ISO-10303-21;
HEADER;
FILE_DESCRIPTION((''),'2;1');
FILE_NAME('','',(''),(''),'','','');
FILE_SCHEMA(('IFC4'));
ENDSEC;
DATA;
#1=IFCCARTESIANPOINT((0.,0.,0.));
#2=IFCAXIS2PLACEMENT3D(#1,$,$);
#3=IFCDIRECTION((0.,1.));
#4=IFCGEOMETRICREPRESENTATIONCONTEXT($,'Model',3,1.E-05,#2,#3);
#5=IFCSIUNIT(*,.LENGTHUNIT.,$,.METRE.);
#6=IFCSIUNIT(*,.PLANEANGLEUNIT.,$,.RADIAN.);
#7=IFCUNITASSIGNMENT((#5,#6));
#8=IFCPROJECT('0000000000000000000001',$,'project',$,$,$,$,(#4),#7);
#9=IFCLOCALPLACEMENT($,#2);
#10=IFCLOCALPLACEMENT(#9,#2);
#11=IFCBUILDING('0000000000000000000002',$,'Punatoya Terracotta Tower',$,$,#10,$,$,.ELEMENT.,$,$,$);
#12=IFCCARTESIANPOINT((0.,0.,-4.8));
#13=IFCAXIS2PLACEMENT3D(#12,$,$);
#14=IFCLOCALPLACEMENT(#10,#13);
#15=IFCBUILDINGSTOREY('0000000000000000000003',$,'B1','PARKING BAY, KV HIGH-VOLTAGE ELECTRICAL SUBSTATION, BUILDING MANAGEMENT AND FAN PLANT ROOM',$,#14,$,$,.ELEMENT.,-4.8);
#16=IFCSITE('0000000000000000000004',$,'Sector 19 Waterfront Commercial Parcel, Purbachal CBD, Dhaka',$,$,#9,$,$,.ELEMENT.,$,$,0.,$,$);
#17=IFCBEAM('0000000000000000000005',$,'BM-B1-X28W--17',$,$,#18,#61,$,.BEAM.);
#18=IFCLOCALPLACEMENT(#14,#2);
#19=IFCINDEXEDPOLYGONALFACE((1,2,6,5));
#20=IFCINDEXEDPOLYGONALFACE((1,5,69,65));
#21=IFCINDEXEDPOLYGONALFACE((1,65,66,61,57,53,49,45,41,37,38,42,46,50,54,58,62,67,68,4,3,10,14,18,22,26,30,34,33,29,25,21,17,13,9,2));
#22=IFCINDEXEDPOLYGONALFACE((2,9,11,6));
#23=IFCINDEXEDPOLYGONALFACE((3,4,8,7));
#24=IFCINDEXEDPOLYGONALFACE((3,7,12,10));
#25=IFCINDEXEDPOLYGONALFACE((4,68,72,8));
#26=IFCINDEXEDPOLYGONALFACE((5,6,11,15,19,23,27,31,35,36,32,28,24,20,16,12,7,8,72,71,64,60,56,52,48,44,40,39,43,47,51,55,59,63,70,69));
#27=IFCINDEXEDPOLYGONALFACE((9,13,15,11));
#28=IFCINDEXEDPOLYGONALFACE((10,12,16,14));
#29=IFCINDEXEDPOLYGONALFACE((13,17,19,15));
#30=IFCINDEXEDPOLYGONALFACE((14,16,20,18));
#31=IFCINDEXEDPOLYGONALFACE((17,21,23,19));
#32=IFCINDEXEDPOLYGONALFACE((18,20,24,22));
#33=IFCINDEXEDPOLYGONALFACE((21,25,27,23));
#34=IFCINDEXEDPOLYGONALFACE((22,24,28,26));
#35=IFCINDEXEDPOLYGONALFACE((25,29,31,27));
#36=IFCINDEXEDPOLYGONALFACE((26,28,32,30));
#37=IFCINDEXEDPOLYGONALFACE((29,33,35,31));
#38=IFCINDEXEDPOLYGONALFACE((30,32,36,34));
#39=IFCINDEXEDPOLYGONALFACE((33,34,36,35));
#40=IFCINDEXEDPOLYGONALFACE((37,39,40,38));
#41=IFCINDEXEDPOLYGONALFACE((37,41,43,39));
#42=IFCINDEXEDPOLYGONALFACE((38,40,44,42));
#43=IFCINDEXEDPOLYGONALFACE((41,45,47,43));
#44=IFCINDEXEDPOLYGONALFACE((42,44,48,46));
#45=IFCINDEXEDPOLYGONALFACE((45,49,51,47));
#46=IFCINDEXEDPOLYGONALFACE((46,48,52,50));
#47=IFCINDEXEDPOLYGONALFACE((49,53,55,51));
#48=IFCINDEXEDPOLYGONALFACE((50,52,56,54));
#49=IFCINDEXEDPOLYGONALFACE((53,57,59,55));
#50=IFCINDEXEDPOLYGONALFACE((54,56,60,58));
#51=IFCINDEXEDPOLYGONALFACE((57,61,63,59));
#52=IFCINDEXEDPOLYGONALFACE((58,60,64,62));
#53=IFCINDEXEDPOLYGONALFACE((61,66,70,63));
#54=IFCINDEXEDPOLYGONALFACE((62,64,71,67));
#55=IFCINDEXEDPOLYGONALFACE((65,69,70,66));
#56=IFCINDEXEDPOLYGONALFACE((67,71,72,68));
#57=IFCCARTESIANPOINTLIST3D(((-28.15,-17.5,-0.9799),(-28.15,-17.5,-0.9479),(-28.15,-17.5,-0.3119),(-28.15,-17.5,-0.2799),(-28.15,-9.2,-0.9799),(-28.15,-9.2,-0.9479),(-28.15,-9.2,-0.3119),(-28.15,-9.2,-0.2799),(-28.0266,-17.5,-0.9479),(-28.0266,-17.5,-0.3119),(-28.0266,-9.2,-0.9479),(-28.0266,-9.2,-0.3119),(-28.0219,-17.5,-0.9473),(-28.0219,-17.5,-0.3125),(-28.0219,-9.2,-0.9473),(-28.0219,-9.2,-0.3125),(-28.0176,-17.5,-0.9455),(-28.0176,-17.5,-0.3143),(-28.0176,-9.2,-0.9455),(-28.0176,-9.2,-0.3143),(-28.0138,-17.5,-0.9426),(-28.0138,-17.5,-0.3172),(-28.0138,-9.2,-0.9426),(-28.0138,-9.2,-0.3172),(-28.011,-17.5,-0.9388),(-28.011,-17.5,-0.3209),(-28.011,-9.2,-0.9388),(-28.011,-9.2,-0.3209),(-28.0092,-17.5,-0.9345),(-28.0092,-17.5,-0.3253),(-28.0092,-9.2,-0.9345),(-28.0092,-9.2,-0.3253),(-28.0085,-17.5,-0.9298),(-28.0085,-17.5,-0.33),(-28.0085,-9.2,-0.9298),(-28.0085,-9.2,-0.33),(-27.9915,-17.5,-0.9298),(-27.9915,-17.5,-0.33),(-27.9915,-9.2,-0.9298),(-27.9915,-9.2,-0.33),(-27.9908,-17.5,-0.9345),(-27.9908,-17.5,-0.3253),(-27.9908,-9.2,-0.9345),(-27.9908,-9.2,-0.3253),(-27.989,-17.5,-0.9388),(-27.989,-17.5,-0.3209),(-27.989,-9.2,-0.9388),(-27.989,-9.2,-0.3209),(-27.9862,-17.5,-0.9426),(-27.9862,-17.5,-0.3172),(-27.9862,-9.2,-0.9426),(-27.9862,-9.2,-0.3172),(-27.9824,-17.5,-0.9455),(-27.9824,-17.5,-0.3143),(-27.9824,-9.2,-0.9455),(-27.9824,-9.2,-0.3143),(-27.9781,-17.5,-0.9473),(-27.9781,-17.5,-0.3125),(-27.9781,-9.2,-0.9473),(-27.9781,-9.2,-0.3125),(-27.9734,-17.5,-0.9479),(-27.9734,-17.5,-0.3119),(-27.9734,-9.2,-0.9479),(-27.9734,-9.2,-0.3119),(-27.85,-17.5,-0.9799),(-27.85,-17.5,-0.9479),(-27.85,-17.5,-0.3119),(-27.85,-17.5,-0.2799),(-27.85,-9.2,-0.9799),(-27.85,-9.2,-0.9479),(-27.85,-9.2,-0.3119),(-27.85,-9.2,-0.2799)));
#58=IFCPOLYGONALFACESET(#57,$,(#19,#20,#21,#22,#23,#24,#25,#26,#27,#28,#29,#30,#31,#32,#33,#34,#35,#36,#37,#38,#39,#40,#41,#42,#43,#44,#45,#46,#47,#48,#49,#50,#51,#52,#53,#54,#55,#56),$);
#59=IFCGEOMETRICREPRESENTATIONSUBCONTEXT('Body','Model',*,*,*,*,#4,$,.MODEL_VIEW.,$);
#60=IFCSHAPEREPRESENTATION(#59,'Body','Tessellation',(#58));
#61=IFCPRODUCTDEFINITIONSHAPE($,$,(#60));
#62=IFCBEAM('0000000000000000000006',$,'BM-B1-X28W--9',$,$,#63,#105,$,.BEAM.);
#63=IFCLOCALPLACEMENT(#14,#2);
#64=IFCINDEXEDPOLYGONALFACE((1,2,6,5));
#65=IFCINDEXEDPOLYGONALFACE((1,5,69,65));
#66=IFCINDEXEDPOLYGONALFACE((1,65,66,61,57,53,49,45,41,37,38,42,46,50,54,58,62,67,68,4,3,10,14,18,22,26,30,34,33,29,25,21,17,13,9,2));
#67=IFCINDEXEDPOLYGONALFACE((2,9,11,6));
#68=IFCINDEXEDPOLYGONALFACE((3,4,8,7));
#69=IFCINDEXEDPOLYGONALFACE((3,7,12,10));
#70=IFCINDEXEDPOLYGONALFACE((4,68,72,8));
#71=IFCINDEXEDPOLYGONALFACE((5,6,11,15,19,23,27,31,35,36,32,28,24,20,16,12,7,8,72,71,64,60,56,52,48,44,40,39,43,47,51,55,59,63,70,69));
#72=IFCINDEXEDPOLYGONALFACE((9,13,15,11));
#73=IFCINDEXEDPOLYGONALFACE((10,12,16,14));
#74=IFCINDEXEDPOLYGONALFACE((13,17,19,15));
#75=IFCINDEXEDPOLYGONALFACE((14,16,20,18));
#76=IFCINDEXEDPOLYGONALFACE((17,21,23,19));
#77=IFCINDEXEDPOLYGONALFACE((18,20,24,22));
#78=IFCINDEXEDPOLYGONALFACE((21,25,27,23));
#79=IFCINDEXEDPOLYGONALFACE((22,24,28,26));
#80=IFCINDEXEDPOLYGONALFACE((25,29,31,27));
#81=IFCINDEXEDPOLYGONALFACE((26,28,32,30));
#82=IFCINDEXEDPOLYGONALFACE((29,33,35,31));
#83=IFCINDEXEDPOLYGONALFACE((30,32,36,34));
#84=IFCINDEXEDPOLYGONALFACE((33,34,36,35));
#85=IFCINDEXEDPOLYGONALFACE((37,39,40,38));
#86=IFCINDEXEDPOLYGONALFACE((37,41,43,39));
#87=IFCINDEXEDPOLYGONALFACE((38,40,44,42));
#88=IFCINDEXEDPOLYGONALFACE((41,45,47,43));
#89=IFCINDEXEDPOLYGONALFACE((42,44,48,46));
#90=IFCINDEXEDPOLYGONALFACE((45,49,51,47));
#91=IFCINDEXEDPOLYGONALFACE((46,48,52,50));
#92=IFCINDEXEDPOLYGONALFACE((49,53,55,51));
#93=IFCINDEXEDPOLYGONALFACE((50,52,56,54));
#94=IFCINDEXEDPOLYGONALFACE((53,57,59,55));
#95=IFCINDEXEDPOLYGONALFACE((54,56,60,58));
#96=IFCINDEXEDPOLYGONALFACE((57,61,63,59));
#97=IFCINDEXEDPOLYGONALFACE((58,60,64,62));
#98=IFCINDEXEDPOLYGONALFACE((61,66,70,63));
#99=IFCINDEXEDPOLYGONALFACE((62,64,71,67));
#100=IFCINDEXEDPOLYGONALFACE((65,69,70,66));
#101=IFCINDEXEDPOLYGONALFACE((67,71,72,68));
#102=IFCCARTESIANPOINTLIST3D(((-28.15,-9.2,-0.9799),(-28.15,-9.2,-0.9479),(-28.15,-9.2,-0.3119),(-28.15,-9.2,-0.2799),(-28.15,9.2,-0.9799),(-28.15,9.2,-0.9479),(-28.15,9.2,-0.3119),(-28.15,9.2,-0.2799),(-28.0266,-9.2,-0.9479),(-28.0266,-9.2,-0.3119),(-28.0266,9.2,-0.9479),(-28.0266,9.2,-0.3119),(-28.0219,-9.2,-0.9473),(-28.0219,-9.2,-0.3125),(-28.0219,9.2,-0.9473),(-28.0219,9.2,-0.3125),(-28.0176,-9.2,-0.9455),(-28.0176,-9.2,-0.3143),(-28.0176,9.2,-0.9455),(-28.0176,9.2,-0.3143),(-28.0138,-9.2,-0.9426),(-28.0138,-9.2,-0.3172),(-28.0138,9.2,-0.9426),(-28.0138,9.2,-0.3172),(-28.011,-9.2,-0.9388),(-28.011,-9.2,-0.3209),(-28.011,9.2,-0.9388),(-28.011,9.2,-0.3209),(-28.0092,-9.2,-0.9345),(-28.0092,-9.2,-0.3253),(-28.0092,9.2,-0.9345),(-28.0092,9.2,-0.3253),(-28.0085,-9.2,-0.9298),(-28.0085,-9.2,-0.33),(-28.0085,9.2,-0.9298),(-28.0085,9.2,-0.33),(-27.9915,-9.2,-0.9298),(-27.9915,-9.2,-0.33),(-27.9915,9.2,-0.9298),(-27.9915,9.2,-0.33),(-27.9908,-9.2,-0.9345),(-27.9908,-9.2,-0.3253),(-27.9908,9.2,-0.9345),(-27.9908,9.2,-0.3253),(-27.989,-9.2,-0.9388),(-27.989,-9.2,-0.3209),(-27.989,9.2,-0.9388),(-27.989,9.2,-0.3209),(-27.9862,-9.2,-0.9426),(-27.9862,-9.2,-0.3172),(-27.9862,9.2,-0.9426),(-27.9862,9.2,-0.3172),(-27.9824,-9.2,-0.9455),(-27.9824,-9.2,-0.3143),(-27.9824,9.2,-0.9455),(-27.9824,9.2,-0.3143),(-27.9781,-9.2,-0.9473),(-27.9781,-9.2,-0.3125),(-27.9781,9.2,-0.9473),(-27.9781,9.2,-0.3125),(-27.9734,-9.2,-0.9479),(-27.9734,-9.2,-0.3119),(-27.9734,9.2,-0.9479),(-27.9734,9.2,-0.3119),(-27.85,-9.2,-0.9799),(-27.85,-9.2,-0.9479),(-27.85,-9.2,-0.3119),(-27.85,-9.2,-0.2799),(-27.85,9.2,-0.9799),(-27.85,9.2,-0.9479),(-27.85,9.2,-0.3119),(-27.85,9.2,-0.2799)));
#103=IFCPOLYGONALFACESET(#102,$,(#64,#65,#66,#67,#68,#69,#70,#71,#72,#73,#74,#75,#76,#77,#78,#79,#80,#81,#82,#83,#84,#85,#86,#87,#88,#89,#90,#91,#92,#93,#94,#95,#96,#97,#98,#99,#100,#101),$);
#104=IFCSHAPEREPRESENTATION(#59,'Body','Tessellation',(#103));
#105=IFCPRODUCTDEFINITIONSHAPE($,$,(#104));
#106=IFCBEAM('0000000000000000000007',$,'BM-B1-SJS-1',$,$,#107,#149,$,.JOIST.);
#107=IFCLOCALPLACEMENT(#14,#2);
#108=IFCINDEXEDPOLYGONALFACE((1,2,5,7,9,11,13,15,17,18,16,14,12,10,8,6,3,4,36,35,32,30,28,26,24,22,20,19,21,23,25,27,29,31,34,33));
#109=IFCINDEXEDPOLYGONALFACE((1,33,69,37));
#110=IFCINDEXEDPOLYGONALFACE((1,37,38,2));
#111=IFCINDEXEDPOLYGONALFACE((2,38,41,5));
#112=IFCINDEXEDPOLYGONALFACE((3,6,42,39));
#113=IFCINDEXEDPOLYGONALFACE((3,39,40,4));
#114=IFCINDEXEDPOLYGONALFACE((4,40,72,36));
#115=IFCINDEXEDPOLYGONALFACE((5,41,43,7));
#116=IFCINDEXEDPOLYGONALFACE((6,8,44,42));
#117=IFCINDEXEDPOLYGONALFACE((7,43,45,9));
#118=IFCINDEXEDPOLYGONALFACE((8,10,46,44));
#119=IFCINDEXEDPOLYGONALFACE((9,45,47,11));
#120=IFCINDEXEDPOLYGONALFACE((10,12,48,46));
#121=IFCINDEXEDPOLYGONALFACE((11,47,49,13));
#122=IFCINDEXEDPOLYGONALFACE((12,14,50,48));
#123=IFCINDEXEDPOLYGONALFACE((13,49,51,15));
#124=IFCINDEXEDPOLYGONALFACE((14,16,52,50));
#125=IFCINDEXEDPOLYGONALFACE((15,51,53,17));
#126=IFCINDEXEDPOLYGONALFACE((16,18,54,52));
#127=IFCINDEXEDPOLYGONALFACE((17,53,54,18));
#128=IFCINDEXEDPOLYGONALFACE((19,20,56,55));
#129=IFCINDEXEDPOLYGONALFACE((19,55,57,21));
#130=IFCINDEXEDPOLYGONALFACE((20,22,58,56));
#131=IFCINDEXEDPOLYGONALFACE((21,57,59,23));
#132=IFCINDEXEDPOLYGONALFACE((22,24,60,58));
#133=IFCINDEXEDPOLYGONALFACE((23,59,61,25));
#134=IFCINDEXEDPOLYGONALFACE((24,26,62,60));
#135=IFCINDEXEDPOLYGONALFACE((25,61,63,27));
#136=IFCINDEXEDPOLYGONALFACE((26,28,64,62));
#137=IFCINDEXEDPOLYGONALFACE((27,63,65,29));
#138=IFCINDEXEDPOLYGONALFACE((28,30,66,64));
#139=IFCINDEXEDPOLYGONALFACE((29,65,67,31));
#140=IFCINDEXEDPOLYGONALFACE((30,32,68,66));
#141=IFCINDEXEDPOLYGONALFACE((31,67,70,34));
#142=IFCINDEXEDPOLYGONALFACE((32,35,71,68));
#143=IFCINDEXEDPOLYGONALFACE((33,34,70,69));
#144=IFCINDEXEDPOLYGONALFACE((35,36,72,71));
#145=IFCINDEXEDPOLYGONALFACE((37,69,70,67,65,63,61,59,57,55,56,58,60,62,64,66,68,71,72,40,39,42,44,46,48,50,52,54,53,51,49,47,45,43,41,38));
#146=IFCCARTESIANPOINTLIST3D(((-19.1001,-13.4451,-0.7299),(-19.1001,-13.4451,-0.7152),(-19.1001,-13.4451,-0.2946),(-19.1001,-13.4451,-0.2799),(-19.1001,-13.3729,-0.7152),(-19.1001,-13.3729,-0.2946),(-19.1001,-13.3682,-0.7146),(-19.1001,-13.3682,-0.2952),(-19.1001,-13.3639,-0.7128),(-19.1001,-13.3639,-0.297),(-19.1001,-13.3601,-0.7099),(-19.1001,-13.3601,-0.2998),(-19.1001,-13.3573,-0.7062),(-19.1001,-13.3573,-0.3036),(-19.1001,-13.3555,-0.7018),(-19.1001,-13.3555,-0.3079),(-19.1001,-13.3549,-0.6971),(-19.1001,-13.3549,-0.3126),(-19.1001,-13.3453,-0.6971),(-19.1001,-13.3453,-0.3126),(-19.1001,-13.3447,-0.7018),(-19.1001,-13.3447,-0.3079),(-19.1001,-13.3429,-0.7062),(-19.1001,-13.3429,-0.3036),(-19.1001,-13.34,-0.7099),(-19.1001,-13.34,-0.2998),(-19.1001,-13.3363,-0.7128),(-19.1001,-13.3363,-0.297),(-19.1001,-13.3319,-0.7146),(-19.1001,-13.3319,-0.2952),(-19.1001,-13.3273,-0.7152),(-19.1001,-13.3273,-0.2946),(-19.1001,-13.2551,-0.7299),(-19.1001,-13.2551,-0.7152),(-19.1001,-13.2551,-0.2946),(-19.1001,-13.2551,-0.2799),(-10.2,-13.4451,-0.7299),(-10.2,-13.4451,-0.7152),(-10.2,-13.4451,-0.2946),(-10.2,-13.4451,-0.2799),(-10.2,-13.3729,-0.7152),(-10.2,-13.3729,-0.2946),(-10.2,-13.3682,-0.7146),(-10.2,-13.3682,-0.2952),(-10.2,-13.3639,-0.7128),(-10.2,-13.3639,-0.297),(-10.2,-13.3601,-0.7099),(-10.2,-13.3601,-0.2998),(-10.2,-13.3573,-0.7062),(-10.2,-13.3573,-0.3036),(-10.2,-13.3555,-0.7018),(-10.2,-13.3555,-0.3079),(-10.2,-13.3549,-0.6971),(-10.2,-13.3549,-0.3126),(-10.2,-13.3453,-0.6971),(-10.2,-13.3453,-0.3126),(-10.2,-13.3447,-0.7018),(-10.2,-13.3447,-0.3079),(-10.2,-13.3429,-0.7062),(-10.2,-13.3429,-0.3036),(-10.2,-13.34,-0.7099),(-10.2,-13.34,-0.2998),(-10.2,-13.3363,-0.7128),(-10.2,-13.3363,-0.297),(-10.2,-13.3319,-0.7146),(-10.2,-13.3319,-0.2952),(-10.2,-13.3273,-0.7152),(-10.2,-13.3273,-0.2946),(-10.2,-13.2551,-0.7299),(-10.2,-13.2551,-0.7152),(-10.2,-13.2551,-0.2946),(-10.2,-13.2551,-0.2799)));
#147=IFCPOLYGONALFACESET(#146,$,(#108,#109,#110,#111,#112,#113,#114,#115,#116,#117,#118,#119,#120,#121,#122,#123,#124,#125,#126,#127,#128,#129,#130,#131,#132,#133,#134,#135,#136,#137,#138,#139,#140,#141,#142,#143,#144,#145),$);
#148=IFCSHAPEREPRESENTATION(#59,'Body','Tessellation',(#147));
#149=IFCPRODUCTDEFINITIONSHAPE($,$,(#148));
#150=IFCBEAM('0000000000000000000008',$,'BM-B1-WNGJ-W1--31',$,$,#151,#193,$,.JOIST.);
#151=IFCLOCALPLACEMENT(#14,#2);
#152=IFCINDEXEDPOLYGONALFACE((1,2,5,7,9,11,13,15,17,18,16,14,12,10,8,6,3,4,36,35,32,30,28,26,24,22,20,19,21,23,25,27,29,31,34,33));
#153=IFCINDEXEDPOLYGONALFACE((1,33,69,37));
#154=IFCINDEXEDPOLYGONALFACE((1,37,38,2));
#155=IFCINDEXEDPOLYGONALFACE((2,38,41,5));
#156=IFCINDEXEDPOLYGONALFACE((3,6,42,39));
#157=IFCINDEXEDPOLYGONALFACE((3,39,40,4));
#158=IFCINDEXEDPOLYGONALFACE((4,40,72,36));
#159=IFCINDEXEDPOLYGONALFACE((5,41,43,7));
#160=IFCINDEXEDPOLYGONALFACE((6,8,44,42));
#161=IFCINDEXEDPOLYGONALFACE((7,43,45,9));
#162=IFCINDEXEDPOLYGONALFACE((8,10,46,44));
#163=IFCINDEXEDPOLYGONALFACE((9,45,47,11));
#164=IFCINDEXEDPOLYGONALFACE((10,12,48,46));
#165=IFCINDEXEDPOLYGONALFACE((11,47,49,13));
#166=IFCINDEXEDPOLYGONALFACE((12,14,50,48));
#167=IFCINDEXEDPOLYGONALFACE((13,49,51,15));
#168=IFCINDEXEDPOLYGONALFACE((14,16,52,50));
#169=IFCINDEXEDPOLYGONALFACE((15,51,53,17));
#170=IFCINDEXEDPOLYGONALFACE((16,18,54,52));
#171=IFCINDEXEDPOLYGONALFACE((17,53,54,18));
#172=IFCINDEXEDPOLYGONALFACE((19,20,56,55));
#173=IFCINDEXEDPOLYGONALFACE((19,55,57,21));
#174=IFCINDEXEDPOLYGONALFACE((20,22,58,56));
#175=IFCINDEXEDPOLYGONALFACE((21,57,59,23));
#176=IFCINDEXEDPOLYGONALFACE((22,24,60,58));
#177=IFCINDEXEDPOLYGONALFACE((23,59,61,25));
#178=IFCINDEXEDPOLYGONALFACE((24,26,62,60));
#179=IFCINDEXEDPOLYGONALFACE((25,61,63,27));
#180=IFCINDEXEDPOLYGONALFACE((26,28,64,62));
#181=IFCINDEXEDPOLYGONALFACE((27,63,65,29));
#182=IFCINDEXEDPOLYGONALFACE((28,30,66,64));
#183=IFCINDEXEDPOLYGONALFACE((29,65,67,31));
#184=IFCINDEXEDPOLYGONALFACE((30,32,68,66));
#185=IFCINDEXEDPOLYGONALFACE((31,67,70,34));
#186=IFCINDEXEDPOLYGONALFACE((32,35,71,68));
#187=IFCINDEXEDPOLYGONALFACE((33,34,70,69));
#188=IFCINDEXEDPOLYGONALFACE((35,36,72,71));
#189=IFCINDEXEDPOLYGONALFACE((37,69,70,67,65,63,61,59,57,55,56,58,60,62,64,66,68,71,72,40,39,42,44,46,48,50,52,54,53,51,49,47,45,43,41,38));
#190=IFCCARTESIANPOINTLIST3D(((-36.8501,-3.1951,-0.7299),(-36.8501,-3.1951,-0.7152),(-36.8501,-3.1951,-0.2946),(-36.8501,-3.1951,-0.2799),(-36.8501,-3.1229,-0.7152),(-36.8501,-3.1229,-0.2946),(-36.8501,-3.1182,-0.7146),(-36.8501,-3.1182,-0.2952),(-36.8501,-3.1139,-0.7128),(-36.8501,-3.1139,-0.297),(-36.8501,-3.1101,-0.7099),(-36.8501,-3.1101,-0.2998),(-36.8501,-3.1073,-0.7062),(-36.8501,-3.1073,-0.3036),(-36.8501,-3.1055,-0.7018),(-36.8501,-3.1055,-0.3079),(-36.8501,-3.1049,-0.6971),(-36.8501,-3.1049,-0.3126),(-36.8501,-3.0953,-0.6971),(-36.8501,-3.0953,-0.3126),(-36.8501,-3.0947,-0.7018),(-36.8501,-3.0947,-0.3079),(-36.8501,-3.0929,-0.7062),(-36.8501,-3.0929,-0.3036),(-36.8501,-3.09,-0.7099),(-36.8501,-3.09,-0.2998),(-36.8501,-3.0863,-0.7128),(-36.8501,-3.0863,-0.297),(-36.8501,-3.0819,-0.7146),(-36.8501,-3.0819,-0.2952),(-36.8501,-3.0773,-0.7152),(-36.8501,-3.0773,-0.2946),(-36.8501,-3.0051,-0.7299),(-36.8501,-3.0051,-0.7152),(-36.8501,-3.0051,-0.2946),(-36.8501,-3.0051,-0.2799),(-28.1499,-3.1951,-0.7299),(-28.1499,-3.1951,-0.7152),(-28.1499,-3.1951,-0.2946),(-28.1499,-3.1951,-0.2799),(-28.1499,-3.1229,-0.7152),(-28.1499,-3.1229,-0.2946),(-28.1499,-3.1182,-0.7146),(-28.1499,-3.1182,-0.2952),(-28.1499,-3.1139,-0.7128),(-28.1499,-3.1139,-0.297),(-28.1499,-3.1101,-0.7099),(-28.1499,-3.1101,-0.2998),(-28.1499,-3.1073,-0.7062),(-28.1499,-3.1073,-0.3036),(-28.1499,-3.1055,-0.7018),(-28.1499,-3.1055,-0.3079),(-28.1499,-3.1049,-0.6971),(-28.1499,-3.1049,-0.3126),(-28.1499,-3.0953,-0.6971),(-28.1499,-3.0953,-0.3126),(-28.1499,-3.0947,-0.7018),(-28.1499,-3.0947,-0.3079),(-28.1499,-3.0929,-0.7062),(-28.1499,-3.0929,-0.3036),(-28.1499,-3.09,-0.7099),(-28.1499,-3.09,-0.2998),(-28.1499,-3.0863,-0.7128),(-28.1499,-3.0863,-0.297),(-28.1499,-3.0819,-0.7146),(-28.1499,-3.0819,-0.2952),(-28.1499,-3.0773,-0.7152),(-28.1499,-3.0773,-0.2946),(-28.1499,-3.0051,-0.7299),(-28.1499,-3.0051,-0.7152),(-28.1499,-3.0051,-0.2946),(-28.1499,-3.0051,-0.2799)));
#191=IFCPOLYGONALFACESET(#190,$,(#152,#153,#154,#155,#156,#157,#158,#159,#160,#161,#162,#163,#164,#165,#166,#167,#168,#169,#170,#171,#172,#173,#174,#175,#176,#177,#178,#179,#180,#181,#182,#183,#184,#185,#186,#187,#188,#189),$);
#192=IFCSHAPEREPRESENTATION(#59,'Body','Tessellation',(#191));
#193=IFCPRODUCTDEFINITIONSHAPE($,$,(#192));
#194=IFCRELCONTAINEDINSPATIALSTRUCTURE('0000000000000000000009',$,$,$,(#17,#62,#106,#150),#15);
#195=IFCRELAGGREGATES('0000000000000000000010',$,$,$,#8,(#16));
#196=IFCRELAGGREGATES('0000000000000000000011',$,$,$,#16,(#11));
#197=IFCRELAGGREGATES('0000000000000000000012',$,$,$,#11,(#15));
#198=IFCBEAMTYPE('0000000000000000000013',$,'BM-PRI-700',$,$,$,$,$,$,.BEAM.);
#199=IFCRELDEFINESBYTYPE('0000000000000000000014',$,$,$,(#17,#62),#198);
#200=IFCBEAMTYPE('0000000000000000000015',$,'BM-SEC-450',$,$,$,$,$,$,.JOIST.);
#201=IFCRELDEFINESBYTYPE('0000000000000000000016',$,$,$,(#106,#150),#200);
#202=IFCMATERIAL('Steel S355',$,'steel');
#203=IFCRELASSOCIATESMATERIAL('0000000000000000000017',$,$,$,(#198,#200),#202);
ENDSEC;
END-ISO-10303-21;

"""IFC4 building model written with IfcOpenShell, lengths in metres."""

from ifc_helpers import new_model, si_unit, direction, frame, origin, origin_2d, place, context, subcontext, project, spatial, i_section, extrude, material, material_profile, profile_set, type_object, element, save


model = new_model("IFC4")

# Units and contexts
model_context = context("Model", 3, precision=1e-05, world=origin(), true_north=direction((0.0, 1.0)))
body_context = subcontext(model_context, "Body", "Model", "MODEL_VIEW")
ifc_project = project(units=[si_unit("LENGTHUNIT", "METRE"), si_unit("PLANEANGLEUNIT", "RADIAN")], contexts=[model_context])

# Site, building, storey
site_placement = place(None, origin())
site = spatial("IfcSite", under=ifc_project, at=site_placement, Name="Sector 19 Waterfront Commercial Parcel, Purbachal CBD, Dhaka", CompositionType="ELEMENT", RefElevation=0.0)
building_placement = place(site_placement, origin())
building = spatial("IfcBuilding", under=site, at=building_placement, Name="Punatoya Terracotta Tower", CompositionType="ELEMENT")
storey_placement = place(building_placement, frame((0.0, 0.0, -4.8)))
storey = spatial("IfcBuildingStorey", under=building, at=storey_placement, Name="B1", Description="PARKING BAY, KV HIGH-VOLTAGE ELECTRICAL SUBSTATION, BUILDING MANAGEMENT AND FAN PLANT ROOM", CompositionType="ELEMENT", Elevation=-4.8)

# Beams
ifc_material_1 = material(Name="Steel S355", Category="steel")
ifc_material_profile_1 = material_profile(ifc_material_1, i_section(OverallWidth=0.3, OverallDepth=0.7, WebThickness=0.0171, FlangeThickness=0.032, FilletRadius=0.0181, at=origin_2d()))
ifc_profile_set_1 = profile_set([ifc_material_profile_1], Name="Steel S355")
beam_type_1 = type_object("IfcBeamType", Name="BM-PRI-700", PredefinedType="BEAM", material=ifc_profile_set_1)
beam_1_placement = place(storey_placement, frame((-28.0, -17.5, -0.6299), z_axis=(0.0, 1.0, 0.0), x_axis=(-1.0, 0.0, 0.0)))
element("IfcBeam", 1, at=beam_1_placement, inside=storey, type_object=beam_type_1, Name="BM-B1-X28W--17", PredefinedType="BEAM", context=body_context, shape_type="SweptSolid", body=[
    extrude(i_section(OverallWidth=0.3, OverallDepth=0.7, WebThickness=0.0171, FlangeThickness=0.032, FilletRadius=0.0181, at=origin_2d()), origin(), (0.0, 0.0, 1.0), 8.3),
])
beam_2_placement = place(storey_placement, frame((-28.0, -9.2, -0.6299), z_axis=(0.0, 1.0, 0.0), x_axis=(-1.0, 0.0, 0.0)))
element("IfcBeam", 2, at=beam_2_placement, inside=storey, type_object=beam_type_1, Name="BM-B1-X28W--9", PredefinedType="BEAM", context=body_context, shape_type="SweptSolid", body=[
    extrude(i_section(OverallWidth=0.3, OverallDepth=0.7, WebThickness=0.0171, FlangeThickness=0.032, FilletRadius=0.0181, at=origin_2d()), origin(), (0.0, 0.0, 1.0), 18.3999),
])
ifc_material_profile_2 = material_profile(ifc_material_1, i_section(OverallWidth=0.1899, OverallDepth=0.45, WebThickness=0.0095, FlangeThickness=0.0146, FilletRadius=0.0181, at=origin_2d()))
ifc_profile_set_2 = profile_set([ifc_material_profile_2], Name="Steel S355")
beam_type_2 = type_object("IfcBeamType", Name="BM-SEC-450", PredefinedType="JOIST", material=ifc_profile_set_2)
beam_3_placement = place(storey_placement, frame((-19.1001, -13.3501, -0.5049), z_axis=(1.0, 0.0, 0.0), x_axis=(0.0, 1.0, 0.0)))
element("IfcBeam", 3, at=beam_3_placement, inside=storey, type_object=beam_type_2, Name="BM-B1-SJS-1", PredefinedType="JOIST", context=body_context, shape_type="SweptSolid", body=[
    extrude(i_section(OverallWidth=0.1899, OverallDepth=0.45, WebThickness=0.0095, FlangeThickness=0.0146, FilletRadius=0.0181, at=origin_2d()), origin(), (0.0, 0.0, 1.0), 8.9001),
])
beam_4_placement = place(storey_placement, frame((-36.8501, -3.1001, -0.5049), z_axis=(1.0, 0.0, 0.0), x_axis=(0.0, 1.0, 0.0)))
element("IfcBeam", 4, at=beam_4_placement, inside=storey, type_object=beam_type_2, Name="BM-B1-WNGJ-W1--31", PredefinedType="JOIST", context=body_context, shape_type="SweptSolid", body=[
    extrude(i_section(OverallWidth=0.1899, OverallDepth=0.45, WebThickness=0.0095, FlangeThickness=0.0146, FilletRadius=0.0181, at=origin_2d()), origin(), (0.0, 0.0, 1.0), 8.7002),
])

save(model, "model.ifc")
